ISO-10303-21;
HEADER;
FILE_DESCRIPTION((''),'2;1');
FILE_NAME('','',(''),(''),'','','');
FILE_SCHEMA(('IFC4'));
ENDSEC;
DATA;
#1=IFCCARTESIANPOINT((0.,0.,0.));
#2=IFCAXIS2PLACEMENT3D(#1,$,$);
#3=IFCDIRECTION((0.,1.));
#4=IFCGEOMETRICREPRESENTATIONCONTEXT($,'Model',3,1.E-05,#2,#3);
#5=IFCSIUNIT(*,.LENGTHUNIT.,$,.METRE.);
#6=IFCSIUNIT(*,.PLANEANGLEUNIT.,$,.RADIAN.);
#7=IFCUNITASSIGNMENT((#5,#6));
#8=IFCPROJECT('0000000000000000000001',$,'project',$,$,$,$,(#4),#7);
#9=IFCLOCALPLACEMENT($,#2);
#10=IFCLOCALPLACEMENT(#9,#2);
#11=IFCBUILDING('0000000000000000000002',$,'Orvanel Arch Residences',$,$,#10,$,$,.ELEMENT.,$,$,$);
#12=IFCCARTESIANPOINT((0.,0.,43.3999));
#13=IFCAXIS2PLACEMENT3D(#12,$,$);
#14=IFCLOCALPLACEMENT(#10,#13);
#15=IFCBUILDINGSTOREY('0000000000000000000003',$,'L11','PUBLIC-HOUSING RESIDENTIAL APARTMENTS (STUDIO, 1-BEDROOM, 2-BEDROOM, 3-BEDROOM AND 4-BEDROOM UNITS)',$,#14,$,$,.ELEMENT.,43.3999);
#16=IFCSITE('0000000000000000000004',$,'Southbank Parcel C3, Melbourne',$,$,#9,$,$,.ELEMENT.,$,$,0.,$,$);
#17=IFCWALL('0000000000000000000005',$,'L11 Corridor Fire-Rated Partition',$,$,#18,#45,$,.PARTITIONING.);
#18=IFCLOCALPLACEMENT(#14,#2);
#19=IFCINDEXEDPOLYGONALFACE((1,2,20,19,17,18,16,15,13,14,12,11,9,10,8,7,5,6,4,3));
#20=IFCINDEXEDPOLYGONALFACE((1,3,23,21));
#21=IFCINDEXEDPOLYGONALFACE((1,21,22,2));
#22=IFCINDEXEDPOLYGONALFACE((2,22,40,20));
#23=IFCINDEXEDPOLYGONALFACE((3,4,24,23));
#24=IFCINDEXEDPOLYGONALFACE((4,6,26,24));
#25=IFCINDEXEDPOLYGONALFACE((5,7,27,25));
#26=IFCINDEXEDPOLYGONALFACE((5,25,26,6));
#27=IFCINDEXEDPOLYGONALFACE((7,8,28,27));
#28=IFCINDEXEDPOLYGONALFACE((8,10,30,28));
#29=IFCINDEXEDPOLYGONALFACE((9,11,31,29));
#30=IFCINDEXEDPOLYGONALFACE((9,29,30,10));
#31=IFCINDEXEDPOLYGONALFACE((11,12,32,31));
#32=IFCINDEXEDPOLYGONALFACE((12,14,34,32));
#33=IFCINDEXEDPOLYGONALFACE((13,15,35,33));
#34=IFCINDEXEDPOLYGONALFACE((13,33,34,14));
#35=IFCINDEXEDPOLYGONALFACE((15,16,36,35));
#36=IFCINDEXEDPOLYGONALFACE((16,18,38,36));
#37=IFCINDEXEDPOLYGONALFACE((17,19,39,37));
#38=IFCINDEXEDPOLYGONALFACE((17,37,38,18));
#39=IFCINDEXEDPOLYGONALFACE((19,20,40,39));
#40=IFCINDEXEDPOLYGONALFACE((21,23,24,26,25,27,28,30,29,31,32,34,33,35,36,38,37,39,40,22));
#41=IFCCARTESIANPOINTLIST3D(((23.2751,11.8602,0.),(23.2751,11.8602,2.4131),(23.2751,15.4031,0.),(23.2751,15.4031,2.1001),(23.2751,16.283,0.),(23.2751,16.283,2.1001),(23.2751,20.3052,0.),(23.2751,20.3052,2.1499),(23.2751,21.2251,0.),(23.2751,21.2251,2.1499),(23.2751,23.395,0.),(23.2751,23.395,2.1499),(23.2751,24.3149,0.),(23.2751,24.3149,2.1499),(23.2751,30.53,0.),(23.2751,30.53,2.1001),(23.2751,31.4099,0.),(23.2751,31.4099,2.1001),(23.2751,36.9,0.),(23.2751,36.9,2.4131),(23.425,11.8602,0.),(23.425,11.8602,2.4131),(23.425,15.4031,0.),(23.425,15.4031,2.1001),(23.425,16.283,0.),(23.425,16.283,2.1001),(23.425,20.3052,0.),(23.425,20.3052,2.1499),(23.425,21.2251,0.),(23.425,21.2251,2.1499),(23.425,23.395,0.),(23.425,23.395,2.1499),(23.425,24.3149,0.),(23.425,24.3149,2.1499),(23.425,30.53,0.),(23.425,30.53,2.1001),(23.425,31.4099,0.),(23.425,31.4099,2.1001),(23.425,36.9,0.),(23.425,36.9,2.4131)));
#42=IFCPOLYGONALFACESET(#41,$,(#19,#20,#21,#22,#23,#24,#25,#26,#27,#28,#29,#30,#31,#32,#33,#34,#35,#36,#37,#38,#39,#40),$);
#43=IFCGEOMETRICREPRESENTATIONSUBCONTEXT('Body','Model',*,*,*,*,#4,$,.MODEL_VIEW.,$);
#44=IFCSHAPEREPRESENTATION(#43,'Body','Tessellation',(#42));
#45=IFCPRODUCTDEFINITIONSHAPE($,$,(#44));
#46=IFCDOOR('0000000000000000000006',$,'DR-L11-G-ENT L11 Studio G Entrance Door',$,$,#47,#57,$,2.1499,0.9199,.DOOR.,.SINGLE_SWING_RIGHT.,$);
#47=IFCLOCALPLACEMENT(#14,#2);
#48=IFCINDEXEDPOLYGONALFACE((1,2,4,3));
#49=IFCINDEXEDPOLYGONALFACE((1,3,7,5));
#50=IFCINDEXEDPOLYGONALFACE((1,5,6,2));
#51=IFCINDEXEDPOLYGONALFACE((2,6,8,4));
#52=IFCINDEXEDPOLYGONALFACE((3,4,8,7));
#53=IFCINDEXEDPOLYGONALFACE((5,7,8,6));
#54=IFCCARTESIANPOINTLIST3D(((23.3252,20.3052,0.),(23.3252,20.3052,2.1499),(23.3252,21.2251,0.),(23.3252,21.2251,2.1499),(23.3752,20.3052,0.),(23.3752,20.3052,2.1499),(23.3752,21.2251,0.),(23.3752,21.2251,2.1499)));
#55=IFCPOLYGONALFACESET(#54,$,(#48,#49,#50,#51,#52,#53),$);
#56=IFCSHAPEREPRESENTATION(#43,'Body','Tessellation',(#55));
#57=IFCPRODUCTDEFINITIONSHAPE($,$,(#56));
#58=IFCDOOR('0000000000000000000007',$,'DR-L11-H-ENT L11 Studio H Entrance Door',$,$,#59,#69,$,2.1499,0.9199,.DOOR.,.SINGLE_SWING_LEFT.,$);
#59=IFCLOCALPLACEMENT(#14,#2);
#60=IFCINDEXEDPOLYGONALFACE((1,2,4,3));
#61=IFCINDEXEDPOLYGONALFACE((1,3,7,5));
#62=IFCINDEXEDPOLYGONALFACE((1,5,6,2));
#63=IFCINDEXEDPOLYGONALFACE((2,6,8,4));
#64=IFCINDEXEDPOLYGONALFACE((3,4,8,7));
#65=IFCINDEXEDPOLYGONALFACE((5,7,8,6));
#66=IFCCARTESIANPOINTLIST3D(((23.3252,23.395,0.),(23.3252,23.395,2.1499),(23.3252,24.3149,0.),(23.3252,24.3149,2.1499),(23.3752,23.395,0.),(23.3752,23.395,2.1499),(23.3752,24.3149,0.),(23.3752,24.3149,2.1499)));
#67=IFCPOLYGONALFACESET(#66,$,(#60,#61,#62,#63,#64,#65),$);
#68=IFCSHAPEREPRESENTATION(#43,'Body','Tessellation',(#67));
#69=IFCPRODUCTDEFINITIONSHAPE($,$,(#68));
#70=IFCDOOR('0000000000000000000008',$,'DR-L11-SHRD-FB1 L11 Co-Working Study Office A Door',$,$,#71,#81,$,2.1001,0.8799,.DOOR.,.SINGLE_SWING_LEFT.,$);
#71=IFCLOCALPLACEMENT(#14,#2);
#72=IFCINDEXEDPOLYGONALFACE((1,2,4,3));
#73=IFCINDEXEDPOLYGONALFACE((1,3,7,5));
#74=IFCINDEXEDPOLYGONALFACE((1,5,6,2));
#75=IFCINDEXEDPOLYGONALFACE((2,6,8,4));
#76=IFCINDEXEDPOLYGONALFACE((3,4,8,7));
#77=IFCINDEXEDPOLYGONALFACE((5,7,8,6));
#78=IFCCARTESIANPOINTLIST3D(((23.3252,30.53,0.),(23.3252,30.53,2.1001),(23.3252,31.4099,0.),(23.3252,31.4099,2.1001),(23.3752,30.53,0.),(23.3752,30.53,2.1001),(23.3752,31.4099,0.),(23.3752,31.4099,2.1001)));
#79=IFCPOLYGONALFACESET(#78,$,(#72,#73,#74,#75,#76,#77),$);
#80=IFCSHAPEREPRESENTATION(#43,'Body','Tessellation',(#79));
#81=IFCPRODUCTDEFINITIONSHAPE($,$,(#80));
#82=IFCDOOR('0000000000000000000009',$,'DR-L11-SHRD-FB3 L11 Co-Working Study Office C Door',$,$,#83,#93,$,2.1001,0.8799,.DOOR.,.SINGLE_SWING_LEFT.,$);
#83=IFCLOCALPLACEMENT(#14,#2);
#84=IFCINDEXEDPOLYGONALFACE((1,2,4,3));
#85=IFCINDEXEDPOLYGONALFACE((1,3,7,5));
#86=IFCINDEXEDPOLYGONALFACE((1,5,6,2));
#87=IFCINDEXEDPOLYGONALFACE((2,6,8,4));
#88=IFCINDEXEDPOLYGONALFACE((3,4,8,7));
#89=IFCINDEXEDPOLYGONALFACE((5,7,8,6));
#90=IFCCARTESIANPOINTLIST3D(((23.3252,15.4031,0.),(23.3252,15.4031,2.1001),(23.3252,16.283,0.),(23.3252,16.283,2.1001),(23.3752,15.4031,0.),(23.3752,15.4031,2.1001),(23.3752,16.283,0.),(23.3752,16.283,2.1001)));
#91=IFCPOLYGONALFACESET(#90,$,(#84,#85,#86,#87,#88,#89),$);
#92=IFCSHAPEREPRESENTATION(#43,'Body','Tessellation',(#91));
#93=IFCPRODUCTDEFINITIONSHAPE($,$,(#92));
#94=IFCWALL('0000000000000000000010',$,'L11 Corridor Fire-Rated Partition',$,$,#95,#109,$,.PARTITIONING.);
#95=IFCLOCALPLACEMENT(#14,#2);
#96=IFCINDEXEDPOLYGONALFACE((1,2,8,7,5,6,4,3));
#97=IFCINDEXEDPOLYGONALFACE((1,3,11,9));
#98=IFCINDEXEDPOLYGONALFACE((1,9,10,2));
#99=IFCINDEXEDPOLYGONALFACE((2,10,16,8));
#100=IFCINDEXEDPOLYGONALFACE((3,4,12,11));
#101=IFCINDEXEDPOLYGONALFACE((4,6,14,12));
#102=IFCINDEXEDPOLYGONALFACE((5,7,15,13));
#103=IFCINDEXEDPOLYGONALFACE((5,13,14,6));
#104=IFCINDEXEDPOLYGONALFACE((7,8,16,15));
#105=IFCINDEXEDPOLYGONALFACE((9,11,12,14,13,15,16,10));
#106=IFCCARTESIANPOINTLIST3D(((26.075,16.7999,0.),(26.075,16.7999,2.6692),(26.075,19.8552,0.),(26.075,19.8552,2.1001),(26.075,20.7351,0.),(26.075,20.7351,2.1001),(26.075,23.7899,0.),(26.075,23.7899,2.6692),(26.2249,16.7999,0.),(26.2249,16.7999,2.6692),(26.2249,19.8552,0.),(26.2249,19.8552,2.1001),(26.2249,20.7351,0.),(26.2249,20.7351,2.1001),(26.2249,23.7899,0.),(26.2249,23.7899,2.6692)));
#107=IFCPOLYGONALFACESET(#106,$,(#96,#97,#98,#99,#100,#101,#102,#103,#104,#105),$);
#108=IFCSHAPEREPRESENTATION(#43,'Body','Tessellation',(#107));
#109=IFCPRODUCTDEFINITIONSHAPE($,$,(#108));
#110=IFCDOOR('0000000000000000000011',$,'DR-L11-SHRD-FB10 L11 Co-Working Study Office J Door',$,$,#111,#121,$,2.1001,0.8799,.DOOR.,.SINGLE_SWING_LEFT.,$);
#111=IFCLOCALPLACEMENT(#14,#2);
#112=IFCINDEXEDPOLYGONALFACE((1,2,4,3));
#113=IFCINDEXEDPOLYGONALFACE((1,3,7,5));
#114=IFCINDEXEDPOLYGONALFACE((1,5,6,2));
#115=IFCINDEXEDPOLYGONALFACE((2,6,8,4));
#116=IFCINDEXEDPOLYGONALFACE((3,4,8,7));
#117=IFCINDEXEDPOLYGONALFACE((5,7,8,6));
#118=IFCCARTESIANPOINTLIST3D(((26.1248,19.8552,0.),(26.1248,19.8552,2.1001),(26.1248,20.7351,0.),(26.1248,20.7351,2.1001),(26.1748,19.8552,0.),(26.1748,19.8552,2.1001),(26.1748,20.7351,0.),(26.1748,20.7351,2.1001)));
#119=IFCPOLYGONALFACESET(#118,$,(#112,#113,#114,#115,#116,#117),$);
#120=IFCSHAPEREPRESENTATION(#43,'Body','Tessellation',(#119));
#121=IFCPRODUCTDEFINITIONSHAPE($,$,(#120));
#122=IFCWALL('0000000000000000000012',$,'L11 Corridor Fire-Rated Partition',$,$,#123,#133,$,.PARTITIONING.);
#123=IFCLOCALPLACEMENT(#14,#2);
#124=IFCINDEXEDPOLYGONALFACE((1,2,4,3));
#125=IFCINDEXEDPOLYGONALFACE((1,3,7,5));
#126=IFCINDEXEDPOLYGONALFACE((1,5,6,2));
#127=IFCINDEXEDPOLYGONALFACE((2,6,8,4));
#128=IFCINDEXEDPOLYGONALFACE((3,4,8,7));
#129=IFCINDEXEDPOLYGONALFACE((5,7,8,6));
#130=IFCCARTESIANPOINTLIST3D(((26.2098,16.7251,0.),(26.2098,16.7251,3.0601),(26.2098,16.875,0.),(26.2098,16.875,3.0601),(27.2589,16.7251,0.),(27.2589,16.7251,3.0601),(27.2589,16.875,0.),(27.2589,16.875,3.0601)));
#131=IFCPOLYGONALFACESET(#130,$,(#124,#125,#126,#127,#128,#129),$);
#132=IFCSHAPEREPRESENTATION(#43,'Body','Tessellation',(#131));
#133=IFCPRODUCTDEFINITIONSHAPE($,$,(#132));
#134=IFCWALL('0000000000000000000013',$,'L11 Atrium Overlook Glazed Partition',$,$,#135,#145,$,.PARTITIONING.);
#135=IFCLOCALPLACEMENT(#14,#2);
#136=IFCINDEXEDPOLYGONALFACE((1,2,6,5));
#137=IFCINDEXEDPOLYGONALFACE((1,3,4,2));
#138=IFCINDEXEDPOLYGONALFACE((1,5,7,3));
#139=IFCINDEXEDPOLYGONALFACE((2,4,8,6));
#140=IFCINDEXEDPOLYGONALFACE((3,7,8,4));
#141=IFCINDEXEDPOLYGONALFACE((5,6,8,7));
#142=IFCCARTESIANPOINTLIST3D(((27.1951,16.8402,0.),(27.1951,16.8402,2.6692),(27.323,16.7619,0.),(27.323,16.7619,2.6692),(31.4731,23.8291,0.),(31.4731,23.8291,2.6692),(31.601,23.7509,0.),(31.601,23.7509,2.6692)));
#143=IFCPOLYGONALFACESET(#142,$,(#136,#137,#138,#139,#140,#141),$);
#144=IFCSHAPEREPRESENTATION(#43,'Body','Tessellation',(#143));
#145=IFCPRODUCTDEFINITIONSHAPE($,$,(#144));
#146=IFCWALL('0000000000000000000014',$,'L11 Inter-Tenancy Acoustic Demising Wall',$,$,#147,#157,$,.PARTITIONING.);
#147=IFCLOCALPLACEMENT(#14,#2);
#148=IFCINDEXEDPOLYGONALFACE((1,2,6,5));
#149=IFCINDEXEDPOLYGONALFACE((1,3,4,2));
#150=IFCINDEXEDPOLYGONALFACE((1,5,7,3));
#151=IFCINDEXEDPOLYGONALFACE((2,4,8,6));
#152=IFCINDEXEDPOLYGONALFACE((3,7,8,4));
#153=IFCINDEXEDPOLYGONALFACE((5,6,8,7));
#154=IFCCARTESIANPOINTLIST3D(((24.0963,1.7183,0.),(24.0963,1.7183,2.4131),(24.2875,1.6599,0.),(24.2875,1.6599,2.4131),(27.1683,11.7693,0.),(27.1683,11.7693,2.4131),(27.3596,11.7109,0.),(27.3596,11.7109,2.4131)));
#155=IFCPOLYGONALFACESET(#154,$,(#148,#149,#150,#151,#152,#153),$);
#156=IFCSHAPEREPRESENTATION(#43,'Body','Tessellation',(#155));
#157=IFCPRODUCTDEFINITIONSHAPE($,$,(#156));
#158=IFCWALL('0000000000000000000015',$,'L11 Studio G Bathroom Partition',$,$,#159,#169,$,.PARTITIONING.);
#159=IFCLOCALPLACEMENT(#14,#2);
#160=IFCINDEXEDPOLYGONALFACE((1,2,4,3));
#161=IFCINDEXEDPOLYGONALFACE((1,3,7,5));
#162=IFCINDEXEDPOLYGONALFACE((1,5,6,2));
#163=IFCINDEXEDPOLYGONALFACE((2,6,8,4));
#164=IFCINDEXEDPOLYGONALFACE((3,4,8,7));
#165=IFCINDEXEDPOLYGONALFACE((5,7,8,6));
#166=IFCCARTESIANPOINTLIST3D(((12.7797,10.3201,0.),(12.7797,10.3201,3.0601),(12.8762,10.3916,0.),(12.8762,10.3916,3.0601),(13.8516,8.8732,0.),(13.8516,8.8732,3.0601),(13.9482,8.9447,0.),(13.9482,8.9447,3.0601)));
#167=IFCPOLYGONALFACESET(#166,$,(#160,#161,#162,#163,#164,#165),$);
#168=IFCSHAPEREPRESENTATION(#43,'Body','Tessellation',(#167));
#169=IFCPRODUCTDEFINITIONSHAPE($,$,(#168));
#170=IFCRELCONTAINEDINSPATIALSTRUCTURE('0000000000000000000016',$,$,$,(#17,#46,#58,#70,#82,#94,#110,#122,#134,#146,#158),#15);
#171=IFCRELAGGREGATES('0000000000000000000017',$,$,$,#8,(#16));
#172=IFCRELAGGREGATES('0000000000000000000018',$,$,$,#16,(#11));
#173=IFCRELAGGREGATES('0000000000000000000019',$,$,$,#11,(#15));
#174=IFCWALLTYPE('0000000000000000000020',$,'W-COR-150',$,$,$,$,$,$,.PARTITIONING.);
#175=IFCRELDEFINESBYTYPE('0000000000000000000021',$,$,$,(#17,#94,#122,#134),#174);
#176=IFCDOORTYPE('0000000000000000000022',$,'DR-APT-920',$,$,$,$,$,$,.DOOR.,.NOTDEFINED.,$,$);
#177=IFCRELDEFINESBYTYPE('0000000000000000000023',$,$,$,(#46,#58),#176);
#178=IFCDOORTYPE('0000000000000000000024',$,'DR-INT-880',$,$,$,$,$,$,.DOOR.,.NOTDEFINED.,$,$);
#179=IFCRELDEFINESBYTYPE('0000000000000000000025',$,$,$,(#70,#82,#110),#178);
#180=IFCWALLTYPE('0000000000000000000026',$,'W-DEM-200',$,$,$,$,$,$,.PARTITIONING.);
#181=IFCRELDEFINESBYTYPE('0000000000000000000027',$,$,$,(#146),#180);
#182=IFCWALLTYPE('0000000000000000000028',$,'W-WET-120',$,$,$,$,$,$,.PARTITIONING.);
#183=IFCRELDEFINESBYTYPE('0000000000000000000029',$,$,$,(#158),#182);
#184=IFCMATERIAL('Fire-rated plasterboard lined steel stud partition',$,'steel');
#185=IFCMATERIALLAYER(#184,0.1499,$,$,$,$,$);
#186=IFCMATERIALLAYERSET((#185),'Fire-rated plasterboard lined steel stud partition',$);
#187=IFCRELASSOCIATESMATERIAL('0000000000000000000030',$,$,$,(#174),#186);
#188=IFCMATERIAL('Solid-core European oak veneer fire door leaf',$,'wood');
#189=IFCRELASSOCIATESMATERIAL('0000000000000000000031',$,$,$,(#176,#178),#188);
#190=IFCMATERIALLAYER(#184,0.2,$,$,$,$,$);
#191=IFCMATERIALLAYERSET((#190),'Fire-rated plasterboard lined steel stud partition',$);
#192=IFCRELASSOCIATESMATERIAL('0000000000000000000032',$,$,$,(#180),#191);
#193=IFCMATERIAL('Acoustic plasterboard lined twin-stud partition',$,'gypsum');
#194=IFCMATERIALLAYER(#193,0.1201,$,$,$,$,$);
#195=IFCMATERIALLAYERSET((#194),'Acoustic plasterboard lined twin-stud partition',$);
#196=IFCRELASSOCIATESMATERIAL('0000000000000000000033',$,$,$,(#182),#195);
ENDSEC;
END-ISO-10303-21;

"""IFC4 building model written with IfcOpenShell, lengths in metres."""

from ifc_helpers import new_model, si_unit, direction, frame, frame_2d, origin, place, context, subcontext, project, spatial, rectangle, extrude, material, layer, layer_set, type_object, element, fill, save


model = new_model("IFC4")

# Units and contexts
model_context = context("Model", 3, precision=1e-05, world=origin(), true_north=direction((0.0, 1.0)))
body_context = subcontext(model_context, "Body", "Model", "MODEL_VIEW")
ifc_project = project(units=[si_unit("LENGTHUNIT", "METRE"), si_unit("PLANEANGLEUNIT", "RADIAN")], contexts=[model_context])

# Site, building, storey
site_placement = place(None, origin())
site = spatial("IfcSite", under=ifc_project, at=site_placement, Name="Southbank Parcel C3, Melbourne", CompositionType="ELEMENT", RefElevation=0.0)
building_placement = place(site_placement, origin())
building = spatial("IfcBuilding", under=site, at=building_placement, Name="Orvanel Arch Residences", CompositionType="ELEMENT")
storey_placement = place(building_placement, frame((0.0, 0.0, 43.3999)))
storey = spatial("IfcBuildingStorey", under=building, at=storey_placement, Name="L11", Description="PUBLIC-HOUSING RESIDENTIAL APARTMENTS (STUDIO, 1-BEDROOM, 2-BEDROOM, 3-BEDROOM AND 4-BEDROOM UNITS)", CompositionType="ELEMENT", Elevation=43.3999)

# Wall, openings, doors
ifc_material_1 = material(Name="Fire-rated plasterboard lined steel stud partition", Category="steel")
ifc_layer_1 = layer(ifc_material_1, 0.1499)
ifc_layer_set_1 = layer_set([ifc_layer_1], Name="Fire-rated plasterboard lined steel stud partition")
wall_type_1 = type_object("IfcWallType", Name="W-COR-150", PredefinedType="PARTITIONING", material=ifc_layer_set_1)
wall_1_placement = place(storey_placement, frame((23.3501, 11.8601, 0.0), z_axis=(0.0, 0.0, 1.0), x_axis=(0.0, 1.0, 0.0)))
wall_1 = element("IfcWall", 1, at=wall_1_placement, inside=storey, type_object=wall_type_1, Name="L11 Corridor Fire-Rated Partition", PredefinedType="PARTITIONING", context=body_context, shape_type="SweptSolid", body=[
    extrude(rectangle(XDim=25.0398, YDim=0.1499, at=frame_2d((12.52, 0.0))), origin(), (0.0, 0.0, 1.0), 2.4131),
])
opening_1_placement = place(wall_1_placement, frame((18.6699, 0.0, 0.0)))
opening_1 = element("IfcOpeningElement", 2, at=opening_1_placement, cuts=wall_1, PredefinedType="OPENING", context=body_context, shape_type="SweptSolid", body=[
    extrude(rectangle(XDim=0.8799, YDim=2.1001, at=frame_2d((0.4399, 1.05))), frame((0.0, 0.085, 0.0), z_axis=(0.0, -1.0, 0.0), x_axis=(1.0, 0.0, 0.0)), (0.0, 0.0, 1.0), 0.1699),
])
opening_2_placement = place(wall_1_placement, frame((3.543, 0.0, 0.0)))
opening_2 = element("IfcOpeningElement", 3, at=opening_2_placement, cuts=wall_1, PredefinedType="OPENING", context=body_context, shape_type="SweptSolid", body=[
    extrude(rectangle(XDim=0.8799, YDim=2.1001, at=frame_2d((0.4399, 1.05))), frame((0.0, 0.085, 0.0), z_axis=(0.0, -1.0, 0.0), x_axis=(1.0, 0.0, 0.0)), (0.0, 0.0, 1.0), 0.1699),
])
opening_3_placement = place(wall_1_placement, frame((8.4451, 0.0, 0.0)))
opening_3 = element("IfcOpeningElement", 4, at=opening_3_placement, cuts=wall_1, PredefinedType="OPENING", context=body_context, shape_type="SweptSolid", body=[
    extrude(rectangle(XDim=0.9199, YDim=2.1499, at=frame_2d((0.46, 1.075))), frame((0.0, 0.085, 0.0), z_axis=(0.0, -1.0, 0.0), x_axis=(1.0, 0.0, 0.0)), (0.0, 0.0, 1.0), 0.1699),
])
opening_4_placement = place(wall_1_placement, frame((11.5349, 0.0, 0.0)))
opening_4 = element("IfcOpeningElement", 5, at=opening_4_placement, cuts=wall_1, PredefinedType="OPENING", context=body_context, shape_type="SweptSolid", body=[
    extrude(rectangle(XDim=0.9199, YDim=2.1499, at=frame_2d((0.46, 1.075))), frame((0.0, 0.085, 0.0), z_axis=(0.0, -1.0, 0.0), x_axis=(1.0, 0.0, 0.0)), (0.0, 0.0, 1.0), 0.1699),
])
ifc_material_2 = material(Name="Solid-core European oak veneer fire door leaf", Category="wood")
door_type_1 = type_object("IfcDoorType", Name="DR-APT-920", OperationType="NOTDEFINED", PredefinedType="DOOR", material=ifc_material_2)
door_1_placement = place(opening_3_placement, origin())
door_1 = element("IfcDoor", 6, at=door_1_placement, inside=storey, type_object=door_type_1, Name="DR-L11-G-ENT L11 Studio G Entrance Door", OperationType="SINGLE_SWING_RIGHT", OverallHeight=2.1499, OverallWidth=0.9199, PredefinedType="DOOR", context=body_context, shape_type="SweptSolid", body=[
    extrude(rectangle(XDim=0.9199, YDim=2.1499, at=frame_2d((0.46, 1.075))), frame((0.0, 0.0249, 0.0), z_axis=(0.0, -1.0, 0.0), x_axis=(1.0, 0.0, 0.0)), (0.0, 0.0, 1.0), 0.05),
])
fill(opening_3, door_1)
door_2_placement = place(opening_4_placement, origin())
door_2 = element("IfcDoor", 7, at=door_2_placement, inside=storey, type_object=door_type_1, Name="DR-L11-H-ENT L11 Studio H Entrance Door", OperationType="SINGLE_SWING_LEFT", OverallHeight=2.1499, OverallWidth=0.9199, PredefinedType="DOOR", context=body_context, shape_type="SweptSolid", body=[
    extrude(rectangle(XDim=0.9199, YDim=2.1499, at=frame_2d((0.46, 1.075))), frame((0.0, 0.0249, 0.0), z_axis=(0.0, -1.0, 0.0), x_axis=(1.0, 0.0, 0.0)), (0.0, 0.0, 1.0), 0.05),
])
fill(opening_4, door_2)
door_type_2 = type_object("IfcDoorType", Name="DR-INT-880", OperationType="NOTDEFINED", PredefinedType="DOOR", material=ifc_material_2)
door_3_placement = place(opening_1_placement, origin())
door_3 = element("IfcDoor", 8, at=door_3_placement, inside=storey, type_object=door_type_2, Name="DR-L11-SHRD-FB1 L11 Co-Working Study Office A Door", OperationType="SINGLE_SWING_LEFT", OverallHeight=2.1001, OverallWidth=0.8799, PredefinedType="DOOR", context=body_context, shape_type="SweptSolid", body=[
    extrude(rectangle(XDim=0.8799, YDim=2.1001, at=frame_2d((0.4399, 1.05))), frame((0.0, 0.0249, 0.0), z_axis=(0.0, -1.0, 0.0), x_axis=(1.0, 0.0, 0.0)), (0.0, 0.0, 1.0), 0.05),
])
fill(opening_1, door_3)
door_4_placement = place(opening_2_placement, origin())
door_4 = element("IfcDoor", 9, at=door_4_placement, inside=storey, type_object=door_type_2, Name="DR-L11-SHRD-FB3 L11 Co-Working Study Office C Door", OperationType="SINGLE_SWING_LEFT", OverallHeight=2.1001, OverallWidth=0.8799, PredefinedType="DOOR", context=body_context, shape_type="SweptSolid", body=[
    extrude(rectangle(XDim=0.8799, YDim=2.1001, at=frame_2d((0.4399, 1.05))), frame((0.0, 0.0249, 0.0), z_axis=(0.0, -1.0, 0.0), x_axis=(1.0, 0.0, 0.0)), (0.0, 0.0, 1.0), 0.05),
])
fill(opening_2, door_4)

# Wall, opening, door
wall_2_placement = place(storey_placement, frame((26.1499, 23.79, 0.0), z_axis=(0.0, 0.0, 1.0), x_axis=(0.0, -1.0, 0.0)))
wall_2 = element("IfcWall", 10, at=wall_2_placement, inside=storey, type_object=wall_type_1, Name="L11 Corridor Fire-Rated Partition", PredefinedType="PARTITIONING", context=body_context, shape_type="SweptSolid", body=[
    extrude(rectangle(XDim=6.99, YDim=0.1499, at=frame_2d((3.4951, 0.0))), origin(), (0.0, 0.0, 1.0), 2.6692),
])
opening_5_placement = place(wall_2_placement, frame((3.0549, 0.0, 0.0)))
opening_5 = element("IfcOpeningElement", 11, at=opening_5_placement, cuts=wall_2, PredefinedType="OPENING", context=body_context, shape_type="SweptSolid", body=[
    extrude(rectangle(XDim=0.8799, YDim=2.1001, at=frame_2d((0.4399, 1.05))), frame((0.0, 0.085, 0.0), z_axis=(0.0, -1.0, 0.0), x_axis=(1.0, 0.0, 0.0)), (0.0, 0.0, 1.0), 0.1699),
])
door_5_placement = place(opening_5_placement, origin())
door_5 = element("IfcDoor", 12, at=door_5_placement, inside=storey, type_object=door_type_2, Name="DR-L11-SHRD-FB10 L11 Co-Working Study Office J Door", OperationType="SINGLE_SWING_LEFT", OverallHeight=2.1001, OverallWidth=0.8799, PredefinedType="DOOR", context=body_context, shape_type="SweptSolid", body=[
    extrude(rectangle(XDim=0.8799, YDim=2.1001, at=frame_2d((0.4399, 1.05))), frame((0.0, 0.0249, 0.0), z_axis=(0.0, -1.0, 0.0), x_axis=(1.0, 0.0, 0.0)), (0.0, 0.0, 1.0), 0.05),
])
fill(opening_5, door_5)

# Walls
wall_3_placement = place(storey_placement, frame((26.21, 16.8, 0.0), z_axis=(0.0, 0.0, 1.0), x_axis=(1.0, 0.0, 0.0)))
element("IfcWall", 13, at=wall_3_placement, inside=storey, type_object=wall_type_1, Name="L11 Corridor Fire-Rated Partition", PredefinedType="PARTITIONING", context=body_context, shape_type="SweptSolid", body=[
    extrude(rectangle(XDim=1.0491, YDim=0.1499, at=frame_2d((0.5244, 0.0))), origin(), (0.0, 0.0, 1.0), 3.0601),
])
wall_4_placement = place(storey_placement, frame((27.259, 16.801, 0.0), z_axis=(0.0, 0.0, 1.0), x_axis=(0.522073, 0.852901, 0.0)))
element("IfcWall", 14, at=wall_4_placement, inside=storey, type_object=wall_type_1, Name="L11 Atrium Overlook Glazed Partition", PredefinedType="PARTITIONING", context=body_context, shape_type="SweptSolid", body=[
    extrude(rectangle(XDim=8.1943, YDim=0.1499, at=frame_2d((4.0972, 0.0))), origin(), (0.0, 0.0, 1.0), 2.6692),
])
ifc_layer_2 = layer(ifc_material_1, 0.2)
ifc_layer_set_2 = layer_set([ifc_layer_2], Name="Fire-rated plasterboard lined steel stud partition")
wall_type_2 = type_object("IfcWallType", Name="W-DEM-200", PredefinedType="PARTITIONING", material=ifc_layer_set_2)
wall_5_placement = place(storey_placement, frame((27.2639, 11.74, 0.0), z_axis=(0.0, 0.0, 1.0), x_axis=(-0.292295, -0.956328, 0.0)))
element("IfcWall", 15, at=wall_5_placement, inside=storey, type_object=wall_type_2, Name="L11 Inter-Tenancy Acoustic Demising Wall", PredefinedType="PARTITIONING", context=body_context, shape_type="SweptSolid", body=[
    extrude(rectangle(XDim=10.51, YDim=0.2, at=frame_2d((5.2549, 0.0))), origin(), (0.0, 0.0, 1.0), 2.4131),
])
ifc_material_3 = material(Name="Acoustic plasterboard lined twin-stud partition", Category="gypsum")
ifc_layer_3 = layer(ifc_material_3, 0.1201)
ifc_layer_set_3 = layer_set([ifc_layer_3], Name="Acoustic plasterboard lined twin-stud partition")
wall_type_3 = type_object("IfcWallType", Name="W-WET-120", PredefinedType="PARTITIONING", material=ifc_layer_set_3)
wall_6_placement = place(storey_placement, frame((13.8999, 8.9089, 0.0), z_axis=(0.0, 0.0, 1.0), x_axis=(-0.595283, 0.803516, 0.0)))
element("IfcWall", 16, at=wall_6_placement, inside=storey, type_object=wall_type_3, Name="L11 Studio G Bathroom Partition", PredefinedType="PARTITIONING", context=body_context, shape_type="SweptSolid", body=[
    extrude(rectangle(XDim=1.8008, YDim=0.1201, at=frame_2d((0.9004, 0.0))), origin(), (0.0, 0.0, 1.0), 3.0601),
])

save(model, "model.ifc")
